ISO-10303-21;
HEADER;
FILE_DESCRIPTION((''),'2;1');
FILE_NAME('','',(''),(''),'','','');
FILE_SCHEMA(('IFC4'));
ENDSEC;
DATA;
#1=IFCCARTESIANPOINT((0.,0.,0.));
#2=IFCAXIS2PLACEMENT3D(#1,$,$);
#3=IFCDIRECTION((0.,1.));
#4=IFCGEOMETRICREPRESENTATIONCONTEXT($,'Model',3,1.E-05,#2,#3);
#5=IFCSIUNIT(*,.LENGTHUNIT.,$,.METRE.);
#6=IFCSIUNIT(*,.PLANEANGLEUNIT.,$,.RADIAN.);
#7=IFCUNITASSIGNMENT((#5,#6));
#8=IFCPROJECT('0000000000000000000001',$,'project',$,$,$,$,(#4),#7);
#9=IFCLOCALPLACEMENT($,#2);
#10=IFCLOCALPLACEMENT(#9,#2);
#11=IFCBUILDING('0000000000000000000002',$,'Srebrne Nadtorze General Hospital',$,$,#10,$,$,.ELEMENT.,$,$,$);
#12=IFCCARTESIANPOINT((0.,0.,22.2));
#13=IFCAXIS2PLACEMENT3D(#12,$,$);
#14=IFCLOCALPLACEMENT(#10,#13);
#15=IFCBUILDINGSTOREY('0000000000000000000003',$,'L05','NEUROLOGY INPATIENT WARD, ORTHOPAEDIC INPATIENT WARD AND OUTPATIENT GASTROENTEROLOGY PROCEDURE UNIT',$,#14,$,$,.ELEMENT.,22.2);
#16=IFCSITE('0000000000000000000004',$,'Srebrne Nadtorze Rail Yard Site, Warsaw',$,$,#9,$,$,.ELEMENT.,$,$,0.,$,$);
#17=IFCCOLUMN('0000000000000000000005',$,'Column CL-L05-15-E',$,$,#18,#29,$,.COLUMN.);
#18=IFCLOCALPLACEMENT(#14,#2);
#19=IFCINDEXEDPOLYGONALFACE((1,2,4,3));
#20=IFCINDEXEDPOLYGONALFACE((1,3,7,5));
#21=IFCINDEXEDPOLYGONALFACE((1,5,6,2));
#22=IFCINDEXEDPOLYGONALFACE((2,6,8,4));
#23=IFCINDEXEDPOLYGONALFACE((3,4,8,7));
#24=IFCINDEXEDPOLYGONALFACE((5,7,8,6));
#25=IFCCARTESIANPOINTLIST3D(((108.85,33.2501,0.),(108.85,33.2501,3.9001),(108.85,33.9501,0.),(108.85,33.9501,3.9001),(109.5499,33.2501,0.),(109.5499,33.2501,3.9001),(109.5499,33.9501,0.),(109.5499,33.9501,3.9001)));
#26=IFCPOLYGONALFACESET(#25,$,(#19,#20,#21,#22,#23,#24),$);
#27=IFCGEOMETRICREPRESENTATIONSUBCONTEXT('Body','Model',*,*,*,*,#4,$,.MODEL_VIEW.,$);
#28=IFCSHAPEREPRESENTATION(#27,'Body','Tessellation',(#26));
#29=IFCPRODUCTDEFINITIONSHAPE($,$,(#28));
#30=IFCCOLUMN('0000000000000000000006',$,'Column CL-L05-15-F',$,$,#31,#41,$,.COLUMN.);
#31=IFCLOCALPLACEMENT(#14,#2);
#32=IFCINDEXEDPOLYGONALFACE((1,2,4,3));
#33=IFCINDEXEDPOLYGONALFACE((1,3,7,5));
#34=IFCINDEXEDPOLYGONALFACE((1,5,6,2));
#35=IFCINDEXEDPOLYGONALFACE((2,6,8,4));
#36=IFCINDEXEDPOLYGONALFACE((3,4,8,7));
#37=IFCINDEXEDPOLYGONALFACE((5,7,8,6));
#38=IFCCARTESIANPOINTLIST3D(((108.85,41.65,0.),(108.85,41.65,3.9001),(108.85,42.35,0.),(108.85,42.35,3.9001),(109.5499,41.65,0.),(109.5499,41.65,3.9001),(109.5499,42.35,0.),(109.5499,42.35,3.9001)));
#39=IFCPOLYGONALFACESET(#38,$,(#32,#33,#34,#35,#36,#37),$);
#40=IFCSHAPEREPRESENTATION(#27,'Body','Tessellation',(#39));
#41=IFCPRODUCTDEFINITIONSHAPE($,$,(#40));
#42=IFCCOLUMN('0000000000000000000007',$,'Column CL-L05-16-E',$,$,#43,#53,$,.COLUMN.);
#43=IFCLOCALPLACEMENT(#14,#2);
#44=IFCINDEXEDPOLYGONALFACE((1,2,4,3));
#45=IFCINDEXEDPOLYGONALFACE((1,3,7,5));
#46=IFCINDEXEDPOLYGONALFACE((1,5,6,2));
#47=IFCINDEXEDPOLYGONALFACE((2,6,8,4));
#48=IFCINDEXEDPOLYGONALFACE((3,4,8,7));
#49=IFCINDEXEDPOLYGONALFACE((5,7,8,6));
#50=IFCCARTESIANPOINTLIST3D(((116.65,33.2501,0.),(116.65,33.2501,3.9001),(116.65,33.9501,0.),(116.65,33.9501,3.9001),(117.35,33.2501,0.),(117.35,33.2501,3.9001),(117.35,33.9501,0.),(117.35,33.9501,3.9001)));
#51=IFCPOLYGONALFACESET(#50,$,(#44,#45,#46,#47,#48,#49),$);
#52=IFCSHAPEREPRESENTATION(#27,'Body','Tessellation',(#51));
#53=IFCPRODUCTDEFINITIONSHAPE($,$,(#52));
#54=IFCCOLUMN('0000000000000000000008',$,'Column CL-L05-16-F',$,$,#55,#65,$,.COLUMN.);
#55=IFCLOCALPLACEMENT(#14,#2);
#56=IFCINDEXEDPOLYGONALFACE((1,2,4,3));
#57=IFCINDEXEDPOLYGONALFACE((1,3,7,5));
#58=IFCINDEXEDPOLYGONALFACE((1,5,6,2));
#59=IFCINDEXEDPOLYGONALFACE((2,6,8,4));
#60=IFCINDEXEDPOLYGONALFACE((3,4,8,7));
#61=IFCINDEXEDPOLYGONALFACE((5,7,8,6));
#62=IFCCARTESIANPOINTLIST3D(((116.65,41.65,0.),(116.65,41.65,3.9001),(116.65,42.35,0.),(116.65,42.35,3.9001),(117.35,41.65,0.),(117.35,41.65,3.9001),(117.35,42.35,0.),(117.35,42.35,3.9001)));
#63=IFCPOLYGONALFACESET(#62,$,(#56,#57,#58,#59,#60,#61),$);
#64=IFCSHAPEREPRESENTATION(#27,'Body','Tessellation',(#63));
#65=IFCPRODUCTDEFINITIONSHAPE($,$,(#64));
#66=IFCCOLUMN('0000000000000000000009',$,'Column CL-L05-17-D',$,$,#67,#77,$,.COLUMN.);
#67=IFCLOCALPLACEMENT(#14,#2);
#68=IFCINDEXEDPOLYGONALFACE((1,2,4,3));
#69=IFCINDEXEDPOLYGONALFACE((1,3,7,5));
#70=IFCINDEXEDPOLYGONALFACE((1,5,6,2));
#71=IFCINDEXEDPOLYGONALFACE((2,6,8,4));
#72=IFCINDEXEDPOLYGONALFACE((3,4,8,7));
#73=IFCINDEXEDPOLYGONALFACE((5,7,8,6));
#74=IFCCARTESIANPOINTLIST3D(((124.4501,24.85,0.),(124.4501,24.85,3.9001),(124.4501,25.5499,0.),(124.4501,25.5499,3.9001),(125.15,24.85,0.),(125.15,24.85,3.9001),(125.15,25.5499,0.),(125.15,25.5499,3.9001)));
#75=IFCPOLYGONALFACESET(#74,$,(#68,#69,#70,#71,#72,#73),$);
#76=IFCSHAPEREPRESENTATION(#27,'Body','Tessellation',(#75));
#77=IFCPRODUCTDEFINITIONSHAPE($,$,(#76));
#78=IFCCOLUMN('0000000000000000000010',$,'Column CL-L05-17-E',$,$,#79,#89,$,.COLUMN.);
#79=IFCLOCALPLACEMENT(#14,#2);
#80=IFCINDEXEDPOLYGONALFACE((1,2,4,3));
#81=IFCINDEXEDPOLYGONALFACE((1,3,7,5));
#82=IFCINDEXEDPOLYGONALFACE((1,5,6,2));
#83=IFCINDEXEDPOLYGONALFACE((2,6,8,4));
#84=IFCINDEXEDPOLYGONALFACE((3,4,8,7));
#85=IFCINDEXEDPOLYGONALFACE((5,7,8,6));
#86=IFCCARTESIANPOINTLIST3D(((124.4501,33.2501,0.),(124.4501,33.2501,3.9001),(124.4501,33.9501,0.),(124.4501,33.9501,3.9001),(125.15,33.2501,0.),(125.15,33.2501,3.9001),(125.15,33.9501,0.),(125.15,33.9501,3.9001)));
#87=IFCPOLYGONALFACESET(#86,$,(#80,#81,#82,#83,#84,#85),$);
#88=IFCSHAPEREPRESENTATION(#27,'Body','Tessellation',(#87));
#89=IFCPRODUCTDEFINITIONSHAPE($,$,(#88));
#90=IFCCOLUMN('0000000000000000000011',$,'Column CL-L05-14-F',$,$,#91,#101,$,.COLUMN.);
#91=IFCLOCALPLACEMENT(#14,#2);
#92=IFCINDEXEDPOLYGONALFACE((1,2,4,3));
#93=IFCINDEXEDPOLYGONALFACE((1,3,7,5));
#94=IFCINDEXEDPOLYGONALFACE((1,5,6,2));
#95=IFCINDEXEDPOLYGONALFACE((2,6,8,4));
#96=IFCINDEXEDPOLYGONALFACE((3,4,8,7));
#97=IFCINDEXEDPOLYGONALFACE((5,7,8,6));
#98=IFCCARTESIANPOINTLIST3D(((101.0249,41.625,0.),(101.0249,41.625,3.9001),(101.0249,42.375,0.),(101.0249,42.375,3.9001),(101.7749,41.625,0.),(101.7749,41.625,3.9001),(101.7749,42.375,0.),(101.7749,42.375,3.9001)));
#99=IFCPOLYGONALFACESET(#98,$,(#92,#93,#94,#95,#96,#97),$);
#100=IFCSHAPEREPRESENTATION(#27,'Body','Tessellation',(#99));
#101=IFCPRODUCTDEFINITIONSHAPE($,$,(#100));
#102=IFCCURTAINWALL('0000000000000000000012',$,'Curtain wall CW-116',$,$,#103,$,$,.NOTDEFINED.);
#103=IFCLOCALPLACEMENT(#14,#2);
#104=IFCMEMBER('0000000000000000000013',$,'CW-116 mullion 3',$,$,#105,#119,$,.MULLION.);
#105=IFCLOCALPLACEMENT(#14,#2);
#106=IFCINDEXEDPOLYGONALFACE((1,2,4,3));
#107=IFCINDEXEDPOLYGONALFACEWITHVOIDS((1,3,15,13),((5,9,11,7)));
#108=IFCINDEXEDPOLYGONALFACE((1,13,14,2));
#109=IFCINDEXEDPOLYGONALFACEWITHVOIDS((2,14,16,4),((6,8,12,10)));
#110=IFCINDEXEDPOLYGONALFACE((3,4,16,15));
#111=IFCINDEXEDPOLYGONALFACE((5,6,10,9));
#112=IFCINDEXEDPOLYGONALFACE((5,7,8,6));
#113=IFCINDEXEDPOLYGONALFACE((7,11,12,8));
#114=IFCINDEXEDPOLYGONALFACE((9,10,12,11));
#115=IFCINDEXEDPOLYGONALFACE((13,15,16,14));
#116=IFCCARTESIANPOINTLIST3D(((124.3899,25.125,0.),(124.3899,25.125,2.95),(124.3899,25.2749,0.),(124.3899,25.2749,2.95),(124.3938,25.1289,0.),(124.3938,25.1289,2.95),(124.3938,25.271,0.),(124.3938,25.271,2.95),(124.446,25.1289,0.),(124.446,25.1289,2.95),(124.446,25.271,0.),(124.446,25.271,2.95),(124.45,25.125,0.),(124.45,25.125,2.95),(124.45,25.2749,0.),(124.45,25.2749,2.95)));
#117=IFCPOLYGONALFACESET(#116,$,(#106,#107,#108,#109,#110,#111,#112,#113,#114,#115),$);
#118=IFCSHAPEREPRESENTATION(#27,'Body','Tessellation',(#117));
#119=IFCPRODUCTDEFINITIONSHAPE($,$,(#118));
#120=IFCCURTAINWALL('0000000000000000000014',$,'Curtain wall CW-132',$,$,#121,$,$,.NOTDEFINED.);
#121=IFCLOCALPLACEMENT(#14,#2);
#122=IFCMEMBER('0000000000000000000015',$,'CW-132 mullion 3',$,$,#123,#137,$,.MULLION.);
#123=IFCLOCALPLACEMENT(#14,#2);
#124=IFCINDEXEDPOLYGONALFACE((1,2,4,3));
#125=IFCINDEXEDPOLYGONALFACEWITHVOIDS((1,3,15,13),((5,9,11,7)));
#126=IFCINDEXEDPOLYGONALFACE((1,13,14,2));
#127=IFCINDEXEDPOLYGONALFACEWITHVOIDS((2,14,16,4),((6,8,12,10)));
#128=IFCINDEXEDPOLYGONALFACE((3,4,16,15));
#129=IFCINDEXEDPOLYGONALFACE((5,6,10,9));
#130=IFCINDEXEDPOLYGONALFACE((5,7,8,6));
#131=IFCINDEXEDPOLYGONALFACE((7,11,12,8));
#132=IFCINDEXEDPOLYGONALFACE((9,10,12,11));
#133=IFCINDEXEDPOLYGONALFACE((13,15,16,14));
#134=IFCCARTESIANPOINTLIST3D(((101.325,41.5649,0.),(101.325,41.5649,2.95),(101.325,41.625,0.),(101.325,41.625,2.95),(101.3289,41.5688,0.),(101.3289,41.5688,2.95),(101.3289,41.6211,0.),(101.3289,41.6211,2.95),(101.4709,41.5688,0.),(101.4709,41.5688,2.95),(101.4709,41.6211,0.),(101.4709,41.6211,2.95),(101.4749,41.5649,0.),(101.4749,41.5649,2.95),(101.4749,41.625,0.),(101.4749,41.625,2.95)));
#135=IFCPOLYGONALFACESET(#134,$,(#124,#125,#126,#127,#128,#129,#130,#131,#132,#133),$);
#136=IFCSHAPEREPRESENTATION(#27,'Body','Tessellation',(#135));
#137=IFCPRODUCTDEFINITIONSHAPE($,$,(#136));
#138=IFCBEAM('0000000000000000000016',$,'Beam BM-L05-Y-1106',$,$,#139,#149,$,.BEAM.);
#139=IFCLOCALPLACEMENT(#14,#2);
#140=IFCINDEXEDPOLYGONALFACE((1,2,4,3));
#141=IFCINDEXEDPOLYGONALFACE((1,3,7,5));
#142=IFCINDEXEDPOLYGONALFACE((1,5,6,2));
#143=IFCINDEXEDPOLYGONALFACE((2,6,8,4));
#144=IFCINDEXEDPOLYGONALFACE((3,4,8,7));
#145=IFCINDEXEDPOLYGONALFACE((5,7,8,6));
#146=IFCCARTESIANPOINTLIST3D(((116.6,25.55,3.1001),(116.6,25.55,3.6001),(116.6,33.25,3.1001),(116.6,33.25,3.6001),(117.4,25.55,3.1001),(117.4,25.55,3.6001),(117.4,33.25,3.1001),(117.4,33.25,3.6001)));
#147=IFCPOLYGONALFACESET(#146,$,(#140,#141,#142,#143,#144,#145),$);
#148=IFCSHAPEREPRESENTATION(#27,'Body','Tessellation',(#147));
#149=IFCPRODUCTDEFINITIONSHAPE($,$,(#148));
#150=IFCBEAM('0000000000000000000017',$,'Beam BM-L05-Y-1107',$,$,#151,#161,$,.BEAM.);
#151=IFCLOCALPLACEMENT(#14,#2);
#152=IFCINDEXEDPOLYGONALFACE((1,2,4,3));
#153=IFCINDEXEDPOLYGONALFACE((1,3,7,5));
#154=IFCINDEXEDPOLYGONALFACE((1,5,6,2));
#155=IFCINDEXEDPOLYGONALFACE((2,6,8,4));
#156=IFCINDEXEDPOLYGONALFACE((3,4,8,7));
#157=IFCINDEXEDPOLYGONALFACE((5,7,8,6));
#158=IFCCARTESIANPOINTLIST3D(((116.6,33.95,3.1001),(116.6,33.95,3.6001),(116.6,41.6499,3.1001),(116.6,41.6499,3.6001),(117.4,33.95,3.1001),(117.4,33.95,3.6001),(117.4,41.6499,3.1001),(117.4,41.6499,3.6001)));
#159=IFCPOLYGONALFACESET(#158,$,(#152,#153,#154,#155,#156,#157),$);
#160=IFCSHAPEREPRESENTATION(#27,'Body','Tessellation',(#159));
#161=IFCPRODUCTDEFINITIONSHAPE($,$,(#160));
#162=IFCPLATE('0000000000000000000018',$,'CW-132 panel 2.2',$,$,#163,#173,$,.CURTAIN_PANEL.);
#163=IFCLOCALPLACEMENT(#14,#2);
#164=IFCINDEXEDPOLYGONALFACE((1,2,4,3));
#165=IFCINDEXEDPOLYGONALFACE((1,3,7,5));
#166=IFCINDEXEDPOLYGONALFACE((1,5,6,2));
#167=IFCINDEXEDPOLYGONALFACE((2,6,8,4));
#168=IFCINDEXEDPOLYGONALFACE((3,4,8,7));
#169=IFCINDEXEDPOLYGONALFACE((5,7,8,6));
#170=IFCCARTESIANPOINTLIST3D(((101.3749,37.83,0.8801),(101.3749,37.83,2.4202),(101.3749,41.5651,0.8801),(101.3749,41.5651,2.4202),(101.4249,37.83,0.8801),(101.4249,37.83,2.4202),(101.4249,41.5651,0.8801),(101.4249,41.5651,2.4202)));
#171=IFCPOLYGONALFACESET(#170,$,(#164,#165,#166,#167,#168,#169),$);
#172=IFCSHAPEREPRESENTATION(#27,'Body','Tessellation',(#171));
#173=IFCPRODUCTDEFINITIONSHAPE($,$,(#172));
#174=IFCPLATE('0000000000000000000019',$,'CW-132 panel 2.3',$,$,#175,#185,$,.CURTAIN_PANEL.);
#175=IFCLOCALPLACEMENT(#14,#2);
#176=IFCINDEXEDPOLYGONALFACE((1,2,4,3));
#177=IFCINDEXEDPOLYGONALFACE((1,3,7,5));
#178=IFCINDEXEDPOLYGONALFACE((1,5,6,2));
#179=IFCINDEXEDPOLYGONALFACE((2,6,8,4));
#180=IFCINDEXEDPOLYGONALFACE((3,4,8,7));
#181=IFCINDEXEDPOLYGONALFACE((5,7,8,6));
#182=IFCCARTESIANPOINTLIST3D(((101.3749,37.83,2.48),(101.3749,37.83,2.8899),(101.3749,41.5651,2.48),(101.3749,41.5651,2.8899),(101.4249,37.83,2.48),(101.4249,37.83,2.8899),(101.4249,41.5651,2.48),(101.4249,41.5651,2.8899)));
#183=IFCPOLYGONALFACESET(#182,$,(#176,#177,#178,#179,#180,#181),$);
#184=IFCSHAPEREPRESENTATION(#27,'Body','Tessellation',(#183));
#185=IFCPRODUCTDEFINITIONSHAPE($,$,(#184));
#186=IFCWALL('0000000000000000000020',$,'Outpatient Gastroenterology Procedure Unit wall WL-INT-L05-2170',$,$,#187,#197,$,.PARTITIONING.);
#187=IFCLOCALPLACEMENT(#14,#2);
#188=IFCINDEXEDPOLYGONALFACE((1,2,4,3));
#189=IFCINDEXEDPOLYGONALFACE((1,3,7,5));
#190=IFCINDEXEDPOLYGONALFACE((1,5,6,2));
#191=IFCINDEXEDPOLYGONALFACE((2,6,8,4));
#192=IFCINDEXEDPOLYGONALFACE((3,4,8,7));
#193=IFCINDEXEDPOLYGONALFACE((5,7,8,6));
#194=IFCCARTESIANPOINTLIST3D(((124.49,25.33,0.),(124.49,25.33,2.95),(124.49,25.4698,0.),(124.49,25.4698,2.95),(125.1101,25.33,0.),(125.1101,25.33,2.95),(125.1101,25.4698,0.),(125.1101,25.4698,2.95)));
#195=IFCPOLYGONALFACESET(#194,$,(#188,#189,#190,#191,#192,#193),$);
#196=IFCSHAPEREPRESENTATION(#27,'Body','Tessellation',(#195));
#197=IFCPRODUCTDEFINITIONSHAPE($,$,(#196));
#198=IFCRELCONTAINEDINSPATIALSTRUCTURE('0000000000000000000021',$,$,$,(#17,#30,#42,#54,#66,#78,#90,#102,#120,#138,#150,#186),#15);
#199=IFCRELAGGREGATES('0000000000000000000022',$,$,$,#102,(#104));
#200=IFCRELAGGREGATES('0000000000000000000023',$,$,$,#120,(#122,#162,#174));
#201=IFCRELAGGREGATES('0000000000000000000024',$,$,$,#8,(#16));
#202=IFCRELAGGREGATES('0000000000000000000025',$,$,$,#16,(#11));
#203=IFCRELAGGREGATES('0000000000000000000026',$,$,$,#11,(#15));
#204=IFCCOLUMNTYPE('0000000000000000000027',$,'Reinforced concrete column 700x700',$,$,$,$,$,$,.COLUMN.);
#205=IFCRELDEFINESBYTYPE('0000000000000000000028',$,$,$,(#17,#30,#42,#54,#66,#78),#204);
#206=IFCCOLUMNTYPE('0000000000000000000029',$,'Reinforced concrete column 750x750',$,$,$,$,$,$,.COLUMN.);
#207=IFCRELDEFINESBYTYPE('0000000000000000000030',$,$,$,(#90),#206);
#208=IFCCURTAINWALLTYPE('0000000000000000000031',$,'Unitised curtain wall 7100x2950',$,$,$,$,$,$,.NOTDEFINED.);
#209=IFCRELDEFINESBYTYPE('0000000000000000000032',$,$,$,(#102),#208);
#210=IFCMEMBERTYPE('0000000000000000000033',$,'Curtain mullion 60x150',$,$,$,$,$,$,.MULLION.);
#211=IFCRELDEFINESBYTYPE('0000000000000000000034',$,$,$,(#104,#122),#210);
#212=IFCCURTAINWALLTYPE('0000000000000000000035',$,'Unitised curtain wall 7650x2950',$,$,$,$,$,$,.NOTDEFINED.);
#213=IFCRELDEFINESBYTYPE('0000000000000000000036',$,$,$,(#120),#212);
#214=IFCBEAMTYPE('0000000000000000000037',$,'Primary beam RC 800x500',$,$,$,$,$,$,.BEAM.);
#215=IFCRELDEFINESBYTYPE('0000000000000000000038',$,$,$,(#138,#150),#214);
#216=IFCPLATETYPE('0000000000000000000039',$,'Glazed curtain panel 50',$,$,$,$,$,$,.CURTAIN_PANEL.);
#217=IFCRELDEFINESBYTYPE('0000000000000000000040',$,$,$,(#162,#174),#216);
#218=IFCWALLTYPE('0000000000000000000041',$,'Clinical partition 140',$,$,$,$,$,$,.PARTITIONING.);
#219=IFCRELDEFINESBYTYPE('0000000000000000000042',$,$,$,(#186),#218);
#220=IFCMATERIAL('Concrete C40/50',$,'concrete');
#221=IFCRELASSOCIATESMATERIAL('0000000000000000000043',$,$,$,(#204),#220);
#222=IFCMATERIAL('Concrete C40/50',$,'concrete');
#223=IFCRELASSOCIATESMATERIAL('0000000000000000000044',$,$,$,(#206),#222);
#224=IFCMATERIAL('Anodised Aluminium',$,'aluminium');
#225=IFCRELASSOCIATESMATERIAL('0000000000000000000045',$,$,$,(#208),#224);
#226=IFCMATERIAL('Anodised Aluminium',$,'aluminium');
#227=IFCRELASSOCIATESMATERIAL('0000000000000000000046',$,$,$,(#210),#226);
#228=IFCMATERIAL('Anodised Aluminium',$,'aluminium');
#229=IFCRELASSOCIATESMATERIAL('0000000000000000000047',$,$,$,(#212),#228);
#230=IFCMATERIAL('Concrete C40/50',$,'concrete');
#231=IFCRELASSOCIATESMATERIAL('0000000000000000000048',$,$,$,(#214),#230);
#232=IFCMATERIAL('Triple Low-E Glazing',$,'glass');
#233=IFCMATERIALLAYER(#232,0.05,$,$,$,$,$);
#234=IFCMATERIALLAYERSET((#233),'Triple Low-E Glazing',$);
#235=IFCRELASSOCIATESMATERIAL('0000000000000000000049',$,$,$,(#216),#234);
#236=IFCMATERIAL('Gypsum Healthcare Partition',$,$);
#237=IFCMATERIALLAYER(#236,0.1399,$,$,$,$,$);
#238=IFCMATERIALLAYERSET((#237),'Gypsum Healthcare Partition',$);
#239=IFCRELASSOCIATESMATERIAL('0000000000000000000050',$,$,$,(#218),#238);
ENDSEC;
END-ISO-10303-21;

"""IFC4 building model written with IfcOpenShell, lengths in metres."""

from ifc_helpers import new_model, si_unit, direction, frame, frame_2d, origin, origin_2d, place, context, subcontext, project, spatial, rectangle, hollow_rectangle, extrude, material, layer, layer_set, material_profile, profile_set, type_object, element, aggregate, save


model = new_model("IFC4")

# Units and contexts
model_context = context("Model", 3, precision=1e-05, world=origin(), true_north=direction((0.0, 1.0)))
body_context = subcontext(model_context, "Body", "Model", "MODEL_VIEW")
ifc_project = project(units=[si_unit("LENGTHUNIT", "METRE"), si_unit("PLANEANGLEUNIT", "RADIAN")], contexts=[model_context])

# Site, building, storey
site_placement = place(None, origin())
site = spatial("IfcSite", under=ifc_project, at=site_placement, Name="Srebrne Nadtorze Rail Yard Site, Warsaw", CompositionType="ELEMENT", RefElevation=0.0)
building_placement = place(site_placement, origin())
building = spatial("IfcBuilding", under=site, at=building_placement, Name="Srebrne Nadtorze General Hospital", CompositionType="ELEMENT")
storey_placement = place(building_placement, frame((0.0, 0.0, 22.2)))
storey = spatial("IfcBuildingStorey", under=building, at=storey_placement, Name="L05", Description="NEUROLOGY INPATIENT WARD, ORTHOPAEDIC INPATIENT WARD AND OUTPATIENT GASTROENTEROLOGY PROCEDURE UNIT", CompositionType="ELEMENT", Elevation=22.2)

# Columns
ifc_material_1 = material(Name="Concrete C40/50", Category="concrete")
ifc_material_profile_1 = material_profile(ifc_material_1, rectangle(XDim=0.7, YDim=0.7, at=origin_2d()), Name="RC-COL-700x700")
ifc_profile_set_1 = profile_set([ifc_material_profile_1], Name="Concrete C40/50")
column_type_1 = type_object("IfcColumnType", Name="Reinforced concrete column 700x700", PredefinedType="COLUMN", material=ifc_profile_set_1)
for number, where, z_axis, x_axis, name in (
    (1, (109.2, 33.6001, 0.0), (0.0, 0.0, 1.0), (1.0, 0.0, 0.0), "Column CL-L05-15-E"),
    (2, (109.2, 42.0, 0.0), (0.0, 0.0, 1.0), (1.0, 0.0, 0.0), "Column CL-L05-15-F"),
    (3, (117.0, 33.6001, 0.0), (0.0, 0.0, 1.0), (1.0, 0.0, 0.0), "Column CL-L05-16-E"),
    (4, (117.0, 42.0, 0.0), (0.0, 0.0, 1.0), (1.0, 0.0, 0.0), "Column CL-L05-16-F"),
    (5, (124.8, 25.2, 0.0), (0.0, 0.0, 1.0), (1.0, 0.0, 0.0), "Column CL-L05-17-D"),
    (6, (124.8, 33.6001, 0.0), (0.0, 0.0, 1.0), (1.0, 0.0, 0.0), "Column CL-L05-17-E"),
):
    element("IfcColumn", number, at=place(storey_placement, frame(where, z_axis=z_axis, x_axis=x_axis)), inside=storey, type_object=column_type_1, Name=name, PredefinedType="COLUMN", context=body_context, shape_type="SweptSolid", body=[
        extrude(rectangle(XDim=0.7, YDim=0.7, at=origin_2d()), origin(), (0.0, 0.0, 1.0), 3.9001),
    ])
ifc_material_2 = material(Name="Concrete C40/50", Category="concrete")
ifc_material_profile_2 = material_profile(ifc_material_2, rectangle(XDim=0.75, YDim=0.75, at=origin_2d()), Name="RC-COL-750x750")
ifc_profile_set_2 = profile_set([ifc_material_profile_2], Name="Concrete C40/50")
column_type_2 = type_object("IfcColumnType", Name="Reinforced concrete column 750x750", PredefinedType="COLUMN", material=ifc_profile_set_2)
column_placement = place(storey_placement, frame((101.3999, 42.0, 0.0), z_axis=(0.0, 0.0, 1.0), x_axis=(1.0, 0.0, 0.0)))
element("IfcColumn", 7, at=column_placement, inside=storey, type_object=column_type_2, Name="Column CL-L05-14-F", PredefinedType="COLUMN", context=body_context, shape_type="SweptSolid", body=[
    extrude(rectangle(XDim=0.75, YDim=0.75, at=origin_2d()), origin(), (0.0, 0.0, 1.0), 3.9001),
])

# Curtain walls, members
ifc_material_3 = material(Name="Anodised Aluminium", Category="aluminium")
curtain_wall_type_1 = type_object("IfcCurtainWallType", Name="Unitised curtain wall 7100x2950", PredefinedType="NOTDEFINED", material=ifc_material_3)
curtain_wall_1_placement = place(storey_placement, origin())
curtain_wall_1 = element("IfcCurtainWall", 8, at=curtain_wall_1_placement, inside=storey, type_object=curtain_wall_type_1, Name="Curtain wall CW-116", PredefinedType="NOTDEFINED")
ifc_material_4 = material(Name="Anodised Aluminium", Category="aluminium")
ifc_material_profile_3 = material_profile(ifc_material_4, hollow_rectangle(XDim=0.0601, YDim=0.1499, WallThickness=0.0039, at=origin_2d()), Name="AL-MUL-60x150")
ifc_profile_set_3 = profile_set([ifc_material_profile_3], Name="Anodised Aluminium")
member_type = type_object("IfcMemberType", Name="Curtain mullion 60x150", PredefinedType="MULLION", material=ifc_profile_set_3)
member_1_placement = place(storey_placement, frame((124.4199, 25.2, 0.0), z_axis=(0.0, 0.0, 1.0), x_axis=(1.0, 0.0, 0.0)))
member_1 = element("IfcMember", 9, at=member_1_placement, type_object=member_type, Name="CW-116 mullion 3", PredefinedType="MULLION", context=body_context, shape_type="SweptSolid", body=[
    extrude(hollow_rectangle(XDim=0.0601, YDim=0.1499, WallThickness=0.0039, at=origin_2d()), origin(), (0.0, 0.0, 1.0), 2.95),
])
aggregate(curtain_wall_1, [member_1])
ifc_material_5 = material(Name="Anodised Aluminium", Category="aluminium")
curtain_wall_type_2 = type_object("IfcCurtainWallType", Name="Unitised curtain wall 7650x2950", PredefinedType="NOTDEFINED", material=ifc_material_5)
curtain_wall_2_placement = place(storey_placement, origin())
curtain_wall_2 = element("IfcCurtainWall", 10, at=curtain_wall_2_placement, inside=storey, type_object=curtain_wall_type_2, Name="Curtain wall CW-132", PredefinedType="NOTDEFINED")
member_2_placement = place(storey_placement, frame((101.3999, 41.595, 0.0), z_axis=(0.0, 0.0, 1.0), x_axis=(0.0, 1.0, 0.0)))
member_2 = element("IfcMember", 11, at=member_2_placement, type_object=member_type, Name="CW-132 mullion 3", PredefinedType="MULLION", context=body_context, shape_type="SweptSolid", body=[
    extrude(hollow_rectangle(XDim=0.0601, YDim=0.1499, WallThickness=0.0039, at=origin_2d()), origin(), (0.0, 0.0, 1.0), 2.95),
])

# Beams
ifc_material_6 = material(Name="Concrete C40/50", Category="concrete")
ifc_material_profile_4 = material_profile(ifc_material_6, rectangle(XDim=0.8, YDim=0.5, at=origin_2d()), Name="RC-BM-800x500")
ifc_profile_set_4 = profile_set([ifc_material_profile_4], Name="Concrete C40/50")
beam_type = type_object("IfcBeamType", Name="Primary beam RC 800x500", PredefinedType="BEAM", material=ifc_profile_set_4)
for number, where, z_axis, x_axis, name in (
    (12, (117.0, 25.55, 3.3501), (0.0, 1.0, 0.0), (-1.0, 0.0, 0.0), "Beam BM-L05-Y-1106"),
    (13, (117.0, 33.95, 3.3501), (0.0, 1.0, 0.0), (-1.0, 0.0, 0.0), "Beam BM-L05-Y-1107"),
):
    element("IfcBeam", number, at=place(storey_placement, frame(where, z_axis=z_axis, x_axis=x_axis)), inside=storey, type_object=beam_type, Name=name, PredefinedType="BEAM", context=body_context, shape_type="SweptSolid", body=[
        extrude(rectangle(XDim=0.8, YDim=0.5, at=origin_2d()), origin(), (0.0, 0.0, 1.0), 7.7),
    ])

# Plates
ifc_material_7 = material(Name="Triple Low-E Glazing", Category="glass")
ifc_layer_1 = layer(ifc_material_7, 0.05)
ifc_layer_set_1 = layer_set([ifc_layer_1], Name="Triple Low-E Glazing")
plate_type = type_object("IfcPlateType", Name="Glazed curtain panel 50", PredefinedType="CURTAIN_PANEL", material=ifc_layer_set_1)
plate_1_placement = place(storey_placement, frame((101.3999, 39.6975, 0.8801), z_axis=(0.0, 0.0, 1.0), x_axis=(0.0, 1.0, 0.0)))
plate_1 = element("IfcPlate", 14, at=plate_1_placement, type_object=plate_type, Name="CW-132 panel 2.2", PredefinedType="CURTAIN_PANEL", context=body_context, shape_type="SweptSolid", body=[
    extrude(rectangle(XDim=3.7351, YDim=0.05, at=origin_2d()), origin(), (0.0, 0.0, 1.0), 1.54),
])
plate_2_placement = place(storey_placement, frame((101.3999, 39.6975, 2.48), z_axis=(0.0, 0.0, 1.0), x_axis=(0.0, 1.0, 0.0)))
plate_2 = element("IfcPlate", 15, at=plate_2_placement, type_object=plate_type, Name="CW-132 panel 2.3", PredefinedType="CURTAIN_PANEL", context=body_context, shape_type="SweptSolid", body=[
    extrude(rectangle(XDim=3.7351, YDim=0.05, at=origin_2d()), origin(), (0.0, 0.0, 1.0), 0.4099),
])
aggregate(curtain_wall_2, [member_2, plate_1, plate_2])

# Wall
ifc_material_8 = material(Name="Gypsum Healthcare Partition")
ifc_layer_2 = layer(ifc_material_8, 0.1399)
ifc_layer_set_2 = layer_set([ifc_layer_2], Name="Gypsum Healthcare Partition")
wall_type_1 = type_object("IfcWallType", Name="Clinical partition 140", PredefinedType="PARTITIONING", material=ifc_layer_set_2)
wall_1_placement = place(storey_placement, frame((124.49, 25.3999, 0.0), z_axis=(0.0, 0.0, 1.0), x_axis=(1.0, 0.0, 0.0)))
element("IfcWall", 16, at=wall_1_placement, inside=storey, type_object=wall_type_1, Name="Outpatient Gastroenterology Procedure Unit wall WL-INT-L05-2170", PredefinedType="PARTITIONING", context=body_context, shape_type="SweptSolid", body=[
    extrude(rectangle(XDim=0.6201, YDim=0.1399, at=frame_2d((0.3101, 0.0))), origin(), (0.0, 0.0, 1.0), 2.95),
])

save(model, "model.ifc")
